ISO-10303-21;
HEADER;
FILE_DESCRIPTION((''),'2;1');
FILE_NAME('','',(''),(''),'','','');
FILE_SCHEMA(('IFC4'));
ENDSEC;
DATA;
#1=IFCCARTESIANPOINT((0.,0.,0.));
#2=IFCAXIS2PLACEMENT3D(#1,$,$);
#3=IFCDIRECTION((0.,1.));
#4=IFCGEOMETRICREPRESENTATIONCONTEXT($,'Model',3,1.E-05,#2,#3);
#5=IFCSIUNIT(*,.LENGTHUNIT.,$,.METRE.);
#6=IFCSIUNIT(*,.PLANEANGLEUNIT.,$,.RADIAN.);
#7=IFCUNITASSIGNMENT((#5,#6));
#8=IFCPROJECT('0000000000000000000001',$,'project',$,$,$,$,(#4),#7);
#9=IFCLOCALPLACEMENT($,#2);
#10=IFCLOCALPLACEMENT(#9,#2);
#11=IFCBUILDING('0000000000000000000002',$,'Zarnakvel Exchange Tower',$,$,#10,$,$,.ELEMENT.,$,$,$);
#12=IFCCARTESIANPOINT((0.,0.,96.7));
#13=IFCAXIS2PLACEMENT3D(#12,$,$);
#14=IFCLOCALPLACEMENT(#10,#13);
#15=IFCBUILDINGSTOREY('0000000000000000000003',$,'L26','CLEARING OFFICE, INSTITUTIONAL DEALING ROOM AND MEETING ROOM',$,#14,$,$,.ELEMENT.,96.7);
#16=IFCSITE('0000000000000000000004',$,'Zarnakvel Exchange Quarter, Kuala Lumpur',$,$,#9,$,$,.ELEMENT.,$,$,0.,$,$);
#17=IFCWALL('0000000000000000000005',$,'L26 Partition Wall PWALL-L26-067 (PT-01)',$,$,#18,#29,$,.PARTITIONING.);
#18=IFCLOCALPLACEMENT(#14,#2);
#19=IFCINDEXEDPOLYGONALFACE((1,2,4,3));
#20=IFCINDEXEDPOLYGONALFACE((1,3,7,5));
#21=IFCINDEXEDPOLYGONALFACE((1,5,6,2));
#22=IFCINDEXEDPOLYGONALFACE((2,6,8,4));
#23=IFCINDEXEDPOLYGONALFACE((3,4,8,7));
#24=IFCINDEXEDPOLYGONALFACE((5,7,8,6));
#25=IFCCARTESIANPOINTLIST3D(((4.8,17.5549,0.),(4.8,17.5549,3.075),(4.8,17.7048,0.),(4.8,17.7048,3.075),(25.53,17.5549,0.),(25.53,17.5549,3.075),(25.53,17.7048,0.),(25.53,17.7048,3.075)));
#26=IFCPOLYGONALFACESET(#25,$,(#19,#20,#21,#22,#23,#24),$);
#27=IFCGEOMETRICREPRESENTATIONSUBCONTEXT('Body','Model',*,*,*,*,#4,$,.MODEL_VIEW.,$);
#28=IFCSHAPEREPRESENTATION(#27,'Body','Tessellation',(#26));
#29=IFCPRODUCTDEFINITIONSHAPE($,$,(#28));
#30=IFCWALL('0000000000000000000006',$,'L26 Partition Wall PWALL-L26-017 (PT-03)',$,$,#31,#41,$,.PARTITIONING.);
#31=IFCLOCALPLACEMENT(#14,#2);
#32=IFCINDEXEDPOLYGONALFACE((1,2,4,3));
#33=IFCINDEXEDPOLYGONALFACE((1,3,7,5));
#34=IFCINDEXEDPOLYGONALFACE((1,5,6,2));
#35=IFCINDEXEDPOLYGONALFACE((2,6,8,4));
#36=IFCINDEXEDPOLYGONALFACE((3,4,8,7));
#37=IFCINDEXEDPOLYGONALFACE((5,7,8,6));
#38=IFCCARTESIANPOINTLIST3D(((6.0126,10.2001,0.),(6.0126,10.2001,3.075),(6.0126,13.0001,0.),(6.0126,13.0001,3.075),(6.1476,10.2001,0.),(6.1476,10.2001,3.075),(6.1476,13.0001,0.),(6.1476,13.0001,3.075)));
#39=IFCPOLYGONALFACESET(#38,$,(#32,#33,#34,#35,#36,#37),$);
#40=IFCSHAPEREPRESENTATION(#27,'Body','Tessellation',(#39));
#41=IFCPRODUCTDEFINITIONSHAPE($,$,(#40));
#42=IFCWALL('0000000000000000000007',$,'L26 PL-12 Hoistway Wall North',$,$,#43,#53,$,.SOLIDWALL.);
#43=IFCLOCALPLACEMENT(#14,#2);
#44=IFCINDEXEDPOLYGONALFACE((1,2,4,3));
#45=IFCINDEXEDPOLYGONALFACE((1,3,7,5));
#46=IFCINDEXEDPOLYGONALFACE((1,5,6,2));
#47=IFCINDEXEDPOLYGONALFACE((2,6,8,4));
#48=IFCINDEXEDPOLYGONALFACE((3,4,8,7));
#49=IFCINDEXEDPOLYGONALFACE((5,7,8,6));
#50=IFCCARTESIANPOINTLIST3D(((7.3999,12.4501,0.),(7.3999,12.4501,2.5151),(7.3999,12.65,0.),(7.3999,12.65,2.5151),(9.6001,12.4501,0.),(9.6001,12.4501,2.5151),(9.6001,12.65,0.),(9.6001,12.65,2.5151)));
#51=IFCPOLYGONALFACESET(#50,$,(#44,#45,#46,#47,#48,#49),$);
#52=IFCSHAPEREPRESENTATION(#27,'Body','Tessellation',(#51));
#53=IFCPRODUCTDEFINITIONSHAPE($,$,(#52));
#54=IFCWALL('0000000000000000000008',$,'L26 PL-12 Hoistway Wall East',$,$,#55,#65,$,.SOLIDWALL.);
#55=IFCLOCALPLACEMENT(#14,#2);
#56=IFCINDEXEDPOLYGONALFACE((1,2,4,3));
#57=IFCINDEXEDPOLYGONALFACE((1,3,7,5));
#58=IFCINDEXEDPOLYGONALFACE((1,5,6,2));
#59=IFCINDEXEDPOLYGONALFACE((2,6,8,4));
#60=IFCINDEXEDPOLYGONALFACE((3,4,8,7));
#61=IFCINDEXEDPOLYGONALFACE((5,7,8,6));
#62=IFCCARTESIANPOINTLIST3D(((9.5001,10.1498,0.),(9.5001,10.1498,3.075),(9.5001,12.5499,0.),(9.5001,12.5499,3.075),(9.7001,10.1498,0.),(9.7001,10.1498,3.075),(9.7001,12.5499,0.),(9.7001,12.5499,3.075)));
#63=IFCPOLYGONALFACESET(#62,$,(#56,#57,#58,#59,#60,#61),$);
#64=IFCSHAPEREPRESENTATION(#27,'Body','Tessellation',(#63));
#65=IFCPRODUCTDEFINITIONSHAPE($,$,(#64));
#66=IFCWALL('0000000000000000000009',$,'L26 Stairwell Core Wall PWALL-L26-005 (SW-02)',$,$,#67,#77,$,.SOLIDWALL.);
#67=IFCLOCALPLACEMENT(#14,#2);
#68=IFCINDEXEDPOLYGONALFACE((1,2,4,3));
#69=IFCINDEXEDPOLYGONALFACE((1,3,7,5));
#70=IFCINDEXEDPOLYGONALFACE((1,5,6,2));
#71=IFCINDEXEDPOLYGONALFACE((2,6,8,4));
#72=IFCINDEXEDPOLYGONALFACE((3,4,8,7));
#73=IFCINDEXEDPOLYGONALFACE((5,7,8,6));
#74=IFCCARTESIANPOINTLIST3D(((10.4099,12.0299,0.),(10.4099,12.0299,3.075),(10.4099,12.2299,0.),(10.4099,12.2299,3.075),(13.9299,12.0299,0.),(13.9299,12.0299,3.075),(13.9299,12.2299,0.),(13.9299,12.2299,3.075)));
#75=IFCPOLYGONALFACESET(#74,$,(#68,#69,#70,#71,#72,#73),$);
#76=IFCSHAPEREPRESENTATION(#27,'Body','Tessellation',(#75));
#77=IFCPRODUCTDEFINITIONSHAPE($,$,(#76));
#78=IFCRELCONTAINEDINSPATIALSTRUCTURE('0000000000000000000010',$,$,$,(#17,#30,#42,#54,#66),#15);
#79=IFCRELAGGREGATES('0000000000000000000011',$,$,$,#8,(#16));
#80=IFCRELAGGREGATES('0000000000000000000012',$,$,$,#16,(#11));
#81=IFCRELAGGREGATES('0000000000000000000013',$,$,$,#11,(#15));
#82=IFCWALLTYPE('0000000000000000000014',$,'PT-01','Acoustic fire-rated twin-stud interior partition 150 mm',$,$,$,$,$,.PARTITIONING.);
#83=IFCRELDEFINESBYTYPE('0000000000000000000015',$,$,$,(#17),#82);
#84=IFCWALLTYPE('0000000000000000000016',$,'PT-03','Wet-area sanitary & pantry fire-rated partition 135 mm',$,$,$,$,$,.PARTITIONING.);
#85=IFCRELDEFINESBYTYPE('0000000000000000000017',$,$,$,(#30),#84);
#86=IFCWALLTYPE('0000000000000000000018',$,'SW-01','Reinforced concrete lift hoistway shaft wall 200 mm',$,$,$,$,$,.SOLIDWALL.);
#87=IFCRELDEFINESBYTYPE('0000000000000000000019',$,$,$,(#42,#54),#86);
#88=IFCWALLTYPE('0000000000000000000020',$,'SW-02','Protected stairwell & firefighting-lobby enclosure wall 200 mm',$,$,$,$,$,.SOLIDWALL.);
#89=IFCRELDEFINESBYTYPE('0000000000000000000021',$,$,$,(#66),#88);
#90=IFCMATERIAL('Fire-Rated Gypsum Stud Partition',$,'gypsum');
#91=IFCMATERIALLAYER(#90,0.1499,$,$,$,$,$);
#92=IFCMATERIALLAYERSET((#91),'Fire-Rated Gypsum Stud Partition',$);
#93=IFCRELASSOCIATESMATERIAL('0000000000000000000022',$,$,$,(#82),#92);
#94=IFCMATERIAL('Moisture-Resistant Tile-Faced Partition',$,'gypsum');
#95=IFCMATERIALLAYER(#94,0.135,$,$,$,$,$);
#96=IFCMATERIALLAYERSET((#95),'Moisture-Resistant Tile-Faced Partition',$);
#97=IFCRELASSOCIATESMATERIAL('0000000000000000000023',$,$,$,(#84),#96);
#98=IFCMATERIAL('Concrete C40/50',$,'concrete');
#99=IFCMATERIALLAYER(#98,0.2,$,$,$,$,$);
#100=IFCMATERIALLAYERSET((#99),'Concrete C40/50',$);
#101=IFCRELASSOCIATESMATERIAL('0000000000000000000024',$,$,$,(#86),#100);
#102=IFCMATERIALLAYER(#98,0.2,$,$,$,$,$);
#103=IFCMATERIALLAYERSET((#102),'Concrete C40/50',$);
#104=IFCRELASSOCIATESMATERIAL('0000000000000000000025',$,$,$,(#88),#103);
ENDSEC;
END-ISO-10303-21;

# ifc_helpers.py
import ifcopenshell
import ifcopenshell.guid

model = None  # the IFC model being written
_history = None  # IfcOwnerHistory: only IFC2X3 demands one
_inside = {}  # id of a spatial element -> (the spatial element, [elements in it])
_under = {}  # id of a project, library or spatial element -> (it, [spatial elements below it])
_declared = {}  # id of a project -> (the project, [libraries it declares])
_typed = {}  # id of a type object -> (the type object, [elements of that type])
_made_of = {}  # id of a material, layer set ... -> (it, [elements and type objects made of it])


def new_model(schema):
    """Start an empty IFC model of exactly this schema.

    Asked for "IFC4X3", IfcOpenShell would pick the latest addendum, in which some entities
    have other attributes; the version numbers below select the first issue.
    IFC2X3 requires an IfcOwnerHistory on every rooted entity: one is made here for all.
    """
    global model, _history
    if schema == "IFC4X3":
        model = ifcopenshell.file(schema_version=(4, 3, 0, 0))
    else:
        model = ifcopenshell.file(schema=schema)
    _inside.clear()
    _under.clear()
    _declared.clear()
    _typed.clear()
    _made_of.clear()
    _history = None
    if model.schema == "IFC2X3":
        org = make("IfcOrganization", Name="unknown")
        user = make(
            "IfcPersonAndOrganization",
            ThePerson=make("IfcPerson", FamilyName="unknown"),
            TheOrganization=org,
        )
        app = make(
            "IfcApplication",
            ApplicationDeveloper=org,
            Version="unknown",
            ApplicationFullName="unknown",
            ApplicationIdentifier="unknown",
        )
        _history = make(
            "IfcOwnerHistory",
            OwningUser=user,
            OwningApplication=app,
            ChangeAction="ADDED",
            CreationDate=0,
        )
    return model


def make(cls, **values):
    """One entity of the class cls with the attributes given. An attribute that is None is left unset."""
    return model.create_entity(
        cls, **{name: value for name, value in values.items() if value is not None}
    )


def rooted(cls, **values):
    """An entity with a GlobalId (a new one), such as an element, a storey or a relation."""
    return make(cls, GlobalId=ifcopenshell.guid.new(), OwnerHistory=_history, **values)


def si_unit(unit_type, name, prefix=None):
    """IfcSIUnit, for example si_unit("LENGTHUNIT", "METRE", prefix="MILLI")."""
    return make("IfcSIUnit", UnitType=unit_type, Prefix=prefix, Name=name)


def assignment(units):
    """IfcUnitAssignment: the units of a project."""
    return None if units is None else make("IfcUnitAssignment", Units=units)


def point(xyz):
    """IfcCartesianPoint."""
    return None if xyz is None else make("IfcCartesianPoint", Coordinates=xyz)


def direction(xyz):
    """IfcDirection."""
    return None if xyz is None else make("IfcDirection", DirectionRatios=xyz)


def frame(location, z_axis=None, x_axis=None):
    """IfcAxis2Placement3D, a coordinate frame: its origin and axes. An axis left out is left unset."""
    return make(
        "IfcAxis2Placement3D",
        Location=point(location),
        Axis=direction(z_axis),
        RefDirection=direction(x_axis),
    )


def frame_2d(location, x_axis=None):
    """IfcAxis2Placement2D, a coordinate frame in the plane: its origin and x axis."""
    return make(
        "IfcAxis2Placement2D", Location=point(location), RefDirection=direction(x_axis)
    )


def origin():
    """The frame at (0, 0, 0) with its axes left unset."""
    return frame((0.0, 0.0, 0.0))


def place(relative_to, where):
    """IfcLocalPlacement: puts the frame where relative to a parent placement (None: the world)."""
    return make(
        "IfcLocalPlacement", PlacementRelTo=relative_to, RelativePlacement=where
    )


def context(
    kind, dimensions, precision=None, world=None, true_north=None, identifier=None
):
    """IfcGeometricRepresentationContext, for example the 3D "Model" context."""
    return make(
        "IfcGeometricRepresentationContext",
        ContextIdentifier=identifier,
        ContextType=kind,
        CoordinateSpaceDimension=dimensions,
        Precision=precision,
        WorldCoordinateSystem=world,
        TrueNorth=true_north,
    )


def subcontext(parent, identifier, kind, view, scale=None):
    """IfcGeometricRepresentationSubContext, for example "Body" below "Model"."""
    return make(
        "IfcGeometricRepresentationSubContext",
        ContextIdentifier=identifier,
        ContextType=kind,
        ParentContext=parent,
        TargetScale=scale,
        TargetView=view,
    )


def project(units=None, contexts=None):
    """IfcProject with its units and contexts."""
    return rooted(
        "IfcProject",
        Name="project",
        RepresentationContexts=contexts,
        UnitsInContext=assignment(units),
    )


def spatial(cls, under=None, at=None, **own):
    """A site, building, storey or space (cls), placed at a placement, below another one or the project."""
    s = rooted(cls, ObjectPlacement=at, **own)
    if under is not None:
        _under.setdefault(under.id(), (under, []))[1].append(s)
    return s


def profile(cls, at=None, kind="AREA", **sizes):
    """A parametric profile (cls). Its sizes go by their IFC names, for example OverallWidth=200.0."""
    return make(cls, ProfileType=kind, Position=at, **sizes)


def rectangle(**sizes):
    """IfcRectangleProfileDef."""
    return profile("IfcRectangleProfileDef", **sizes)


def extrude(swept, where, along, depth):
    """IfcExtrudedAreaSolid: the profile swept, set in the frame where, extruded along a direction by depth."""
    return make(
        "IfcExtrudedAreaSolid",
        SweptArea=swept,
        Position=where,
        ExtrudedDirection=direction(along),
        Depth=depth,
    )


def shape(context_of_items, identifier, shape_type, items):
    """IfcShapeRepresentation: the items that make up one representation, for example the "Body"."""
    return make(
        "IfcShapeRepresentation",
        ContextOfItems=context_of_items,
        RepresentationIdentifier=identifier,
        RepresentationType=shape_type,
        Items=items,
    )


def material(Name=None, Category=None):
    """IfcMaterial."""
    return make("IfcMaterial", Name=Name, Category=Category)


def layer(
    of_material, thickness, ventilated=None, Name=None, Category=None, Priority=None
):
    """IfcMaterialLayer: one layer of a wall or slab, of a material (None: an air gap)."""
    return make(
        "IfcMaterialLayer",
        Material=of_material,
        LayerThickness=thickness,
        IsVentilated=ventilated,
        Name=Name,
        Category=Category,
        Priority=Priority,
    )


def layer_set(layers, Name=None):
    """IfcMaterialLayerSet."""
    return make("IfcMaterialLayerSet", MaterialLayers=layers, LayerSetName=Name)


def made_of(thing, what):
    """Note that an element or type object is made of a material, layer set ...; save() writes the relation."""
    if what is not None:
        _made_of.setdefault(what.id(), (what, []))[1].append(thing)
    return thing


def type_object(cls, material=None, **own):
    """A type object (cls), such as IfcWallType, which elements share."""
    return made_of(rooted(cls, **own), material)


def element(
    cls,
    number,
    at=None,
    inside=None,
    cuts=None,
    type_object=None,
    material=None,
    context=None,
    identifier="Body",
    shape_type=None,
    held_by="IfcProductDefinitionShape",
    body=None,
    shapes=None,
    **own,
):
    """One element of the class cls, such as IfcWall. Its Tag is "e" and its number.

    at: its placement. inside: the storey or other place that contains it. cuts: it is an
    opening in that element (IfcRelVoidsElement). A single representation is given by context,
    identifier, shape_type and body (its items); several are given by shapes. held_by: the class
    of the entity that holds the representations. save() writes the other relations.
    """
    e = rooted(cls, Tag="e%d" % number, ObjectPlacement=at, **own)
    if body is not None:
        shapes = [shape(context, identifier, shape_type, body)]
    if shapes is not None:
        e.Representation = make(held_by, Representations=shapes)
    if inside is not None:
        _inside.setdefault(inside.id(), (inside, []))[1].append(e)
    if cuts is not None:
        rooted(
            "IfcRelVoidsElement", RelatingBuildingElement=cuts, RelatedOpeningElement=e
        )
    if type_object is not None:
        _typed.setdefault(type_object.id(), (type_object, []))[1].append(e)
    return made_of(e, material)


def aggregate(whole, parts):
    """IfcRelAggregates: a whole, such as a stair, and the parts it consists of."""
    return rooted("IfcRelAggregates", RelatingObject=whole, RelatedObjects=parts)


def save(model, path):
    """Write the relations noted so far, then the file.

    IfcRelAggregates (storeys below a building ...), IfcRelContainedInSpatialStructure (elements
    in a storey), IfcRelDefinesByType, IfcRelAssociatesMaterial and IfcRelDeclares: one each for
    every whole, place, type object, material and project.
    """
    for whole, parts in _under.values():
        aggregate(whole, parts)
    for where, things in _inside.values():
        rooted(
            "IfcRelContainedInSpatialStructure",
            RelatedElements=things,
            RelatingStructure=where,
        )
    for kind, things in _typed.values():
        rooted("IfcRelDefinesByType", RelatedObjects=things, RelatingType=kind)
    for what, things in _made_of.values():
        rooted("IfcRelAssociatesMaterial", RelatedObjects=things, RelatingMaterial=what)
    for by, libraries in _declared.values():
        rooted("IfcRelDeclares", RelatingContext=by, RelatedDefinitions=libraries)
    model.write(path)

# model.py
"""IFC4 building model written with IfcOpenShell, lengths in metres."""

from ifc_helpers import new_model, si_unit, direction, frame, frame_2d, origin, place, context, subcontext, project, spatial, rectangle, extrude, material, layer, layer_set, type_object, element, save


model = new_model("IFC4")

# Units and contexts
model_context = context("Model", 3, precision=1e-05, world=origin(), true_north=direction((0.0, 1.0)))
body_context = subcontext(model_context, "Body", "Model", "MODEL_VIEW")
ifc_project = project(units=[si_unit("LENGTHUNIT", "METRE"), si_unit("PLANEANGLEUNIT", "RADIAN")], contexts=[model_context])

# Site, building, storey
site_placement = place(None, origin())
site = spatial("IfcSite", under=ifc_project, at=site_placement, Name="Zarnakvel Exchange Quarter, Kuala Lumpur", CompositionType="ELEMENT", RefElevation=0.0)
building_placement = place(site_placement, origin())
building = spatial("IfcBuilding", under=site, at=building_placement, Name="Zarnakvel Exchange Tower", CompositionType="ELEMENT")
storey_placement = place(building_placement, frame((0.0, 0.0, 96.7)))
storey = spatial("IfcBuildingStorey", under=building, at=storey_placement, Name="L26", Description="CLEARING OFFICE, INSTITUTIONAL DEALING ROOM AND MEETING ROOM", CompositionType="ELEMENT", Elevation=96.7)

# Shared definitions
ifc_material_1 = material(Name="Fire-Rated Gypsum Stud Partition", Category="gypsum")
ifc_layer_1 = layer(ifc_material_1, 0.1499)
ifc_layer_set_1 = layer_set([ifc_layer_1], Name="Fire-Rated Gypsum Stud Partition")
wall_type_1 = type_object("IfcWallType", Name="PT-01", Description="Acoustic fire-rated twin-stud interior partition 150 mm", PredefinedType="PARTITIONING", material=ifc_layer_set_1)

# Wall
wall_1_placement = place(storey_placement, frame((4.8, 17.6299, 0.0), z_axis=(0.0, 0.0, 1.0), x_axis=(1.0, 0.0, 0.0)))
element("IfcWall", 1, at=wall_1_placement, inside=storey, type_object=wall_type_1, Name="L26 Partition Wall PWALL-L26-067 (PT-01)", PredefinedType="PARTITIONING", context=body_context, shape_type="SweptSolid", body=[
    extrude(rectangle(XDim=20.73, YDim=0.1499, at=frame_2d((10.365, 0.0))), origin(), (0.0, 0.0, 1.0), 3.075),
])

# Shared definitions
ifc_material_2 = material(Name="Moisture-Resistant Tile-Faced Partition", Category="gypsum")
ifc_layer_2 = layer(ifc_material_2, 0.135)
ifc_layer_set_2 = layer_set([ifc_layer_2], Name="Moisture-Resistant Tile-Faced Partition")
wall_type_2 = type_object("IfcWallType", Name="PT-03", Description="Wet-area sanitary & pantry fire-rated partition 135 mm", PredefinedType="PARTITIONING", material=ifc_layer_set_2)

# Walls
wall_2_placement = place(storey_placement, frame((6.0801, 13.0, 0.0), z_axis=(0.0, 0.0, 1.0), x_axis=(0.0, -1.0, 0.0)))
element("IfcWall", 2, at=wall_2_placement, inside=storey, type_object=wall_type_2, Name="L26 Partition Wall PWALL-L26-017 (PT-03)", PredefinedType="PARTITIONING", context=body_context, shape_type="SweptSolid", body=[
    extrude(rectangle(XDim=2.8, YDim=0.135, at=frame_2d((1.3999, 0.0))), origin(), (0.0, 0.0, 1.0), 3.075),
])
ifc_material_3 = material(Name="Concrete C40/50", Category="concrete")
ifc_layer_3 = layer(ifc_material_3, 0.2)
ifc_layer_set_3 = layer_set([ifc_layer_3], Name="Concrete C40/50")
wall_type_3 = type_object("IfcWallType", Name="SW-01", Description="Reinforced concrete lift hoistway shaft wall 200 mm", PredefinedType="SOLIDWALL", material=ifc_layer_set_3)
wall_3_placement = place(storey_placement, frame((7.3999, 12.55, 0.0), z_axis=(0.0, 0.0, 1.0), x_axis=(1.0, 0.0, 0.0)))
element("IfcWall", 3, at=wall_3_placement, inside=storey, type_object=wall_type_3, Name="L26 PL-12 Hoistway Wall North", PredefinedType="SOLIDWALL", context=body_context, shape_type="SweptSolid", body=[
    extrude(rectangle(XDim=2.2002, YDim=0.2, at=frame_2d((1.1001, 0.0))), origin(), (0.0, 0.0, 1.0), 2.5151),
])
wall_4_placement = place(storey_placement, frame((9.6001, 12.55, 0.0), z_axis=(0.0, 0.0, 1.0), x_axis=(0.0, -1.0, 0.0)))
element("IfcWall", 4, at=wall_4_placement, inside=storey, type_object=wall_type_3, Name="L26 PL-12 Hoistway Wall East", PredefinedType="SOLIDWALL", context=body_context, shape_type="SweptSolid", body=[
    extrude(rectangle(XDim=2.4001, YDim=0.2, at=frame_2d((1.2002, 0.0))), origin(), (0.0, 0.0, 1.0), 3.075),
])
ifc_layer_4 = layer(ifc_material_3, 0.2)
ifc_layer_set_4 = layer_set([ifc_layer_4], Name="Concrete C40/50")
wall_type_4 = type_object("IfcWallType", Name="SW-02", Description="Protected stairwell & firefighting-lobby enclosure wall 200 mm", PredefinedType="SOLIDWALL", material=ifc_layer_set_4)
wall_5_placement = place(storey_placement, frame((10.4099, 12.1299, 0.0), z_axis=(0.0, 0.0, 1.0), x_axis=(1.0, 0.0, 0.0)))
element("IfcWall", 5, at=wall_5_placement, inside=storey, type_object=wall_type_4, Name="L26 Stairwell Core Wall PWALL-L26-005 (SW-02)", PredefinedType="SOLIDWALL", context=body_context, shape_type="SweptSolid", body=[
    extrude(rectangle(XDim=3.52, YDim=0.2, at=frame_2d((1.76, 0.0))), origin(), (0.0, 0.0, 1.0), 3.075),
])

save(model, "model.ifc")
